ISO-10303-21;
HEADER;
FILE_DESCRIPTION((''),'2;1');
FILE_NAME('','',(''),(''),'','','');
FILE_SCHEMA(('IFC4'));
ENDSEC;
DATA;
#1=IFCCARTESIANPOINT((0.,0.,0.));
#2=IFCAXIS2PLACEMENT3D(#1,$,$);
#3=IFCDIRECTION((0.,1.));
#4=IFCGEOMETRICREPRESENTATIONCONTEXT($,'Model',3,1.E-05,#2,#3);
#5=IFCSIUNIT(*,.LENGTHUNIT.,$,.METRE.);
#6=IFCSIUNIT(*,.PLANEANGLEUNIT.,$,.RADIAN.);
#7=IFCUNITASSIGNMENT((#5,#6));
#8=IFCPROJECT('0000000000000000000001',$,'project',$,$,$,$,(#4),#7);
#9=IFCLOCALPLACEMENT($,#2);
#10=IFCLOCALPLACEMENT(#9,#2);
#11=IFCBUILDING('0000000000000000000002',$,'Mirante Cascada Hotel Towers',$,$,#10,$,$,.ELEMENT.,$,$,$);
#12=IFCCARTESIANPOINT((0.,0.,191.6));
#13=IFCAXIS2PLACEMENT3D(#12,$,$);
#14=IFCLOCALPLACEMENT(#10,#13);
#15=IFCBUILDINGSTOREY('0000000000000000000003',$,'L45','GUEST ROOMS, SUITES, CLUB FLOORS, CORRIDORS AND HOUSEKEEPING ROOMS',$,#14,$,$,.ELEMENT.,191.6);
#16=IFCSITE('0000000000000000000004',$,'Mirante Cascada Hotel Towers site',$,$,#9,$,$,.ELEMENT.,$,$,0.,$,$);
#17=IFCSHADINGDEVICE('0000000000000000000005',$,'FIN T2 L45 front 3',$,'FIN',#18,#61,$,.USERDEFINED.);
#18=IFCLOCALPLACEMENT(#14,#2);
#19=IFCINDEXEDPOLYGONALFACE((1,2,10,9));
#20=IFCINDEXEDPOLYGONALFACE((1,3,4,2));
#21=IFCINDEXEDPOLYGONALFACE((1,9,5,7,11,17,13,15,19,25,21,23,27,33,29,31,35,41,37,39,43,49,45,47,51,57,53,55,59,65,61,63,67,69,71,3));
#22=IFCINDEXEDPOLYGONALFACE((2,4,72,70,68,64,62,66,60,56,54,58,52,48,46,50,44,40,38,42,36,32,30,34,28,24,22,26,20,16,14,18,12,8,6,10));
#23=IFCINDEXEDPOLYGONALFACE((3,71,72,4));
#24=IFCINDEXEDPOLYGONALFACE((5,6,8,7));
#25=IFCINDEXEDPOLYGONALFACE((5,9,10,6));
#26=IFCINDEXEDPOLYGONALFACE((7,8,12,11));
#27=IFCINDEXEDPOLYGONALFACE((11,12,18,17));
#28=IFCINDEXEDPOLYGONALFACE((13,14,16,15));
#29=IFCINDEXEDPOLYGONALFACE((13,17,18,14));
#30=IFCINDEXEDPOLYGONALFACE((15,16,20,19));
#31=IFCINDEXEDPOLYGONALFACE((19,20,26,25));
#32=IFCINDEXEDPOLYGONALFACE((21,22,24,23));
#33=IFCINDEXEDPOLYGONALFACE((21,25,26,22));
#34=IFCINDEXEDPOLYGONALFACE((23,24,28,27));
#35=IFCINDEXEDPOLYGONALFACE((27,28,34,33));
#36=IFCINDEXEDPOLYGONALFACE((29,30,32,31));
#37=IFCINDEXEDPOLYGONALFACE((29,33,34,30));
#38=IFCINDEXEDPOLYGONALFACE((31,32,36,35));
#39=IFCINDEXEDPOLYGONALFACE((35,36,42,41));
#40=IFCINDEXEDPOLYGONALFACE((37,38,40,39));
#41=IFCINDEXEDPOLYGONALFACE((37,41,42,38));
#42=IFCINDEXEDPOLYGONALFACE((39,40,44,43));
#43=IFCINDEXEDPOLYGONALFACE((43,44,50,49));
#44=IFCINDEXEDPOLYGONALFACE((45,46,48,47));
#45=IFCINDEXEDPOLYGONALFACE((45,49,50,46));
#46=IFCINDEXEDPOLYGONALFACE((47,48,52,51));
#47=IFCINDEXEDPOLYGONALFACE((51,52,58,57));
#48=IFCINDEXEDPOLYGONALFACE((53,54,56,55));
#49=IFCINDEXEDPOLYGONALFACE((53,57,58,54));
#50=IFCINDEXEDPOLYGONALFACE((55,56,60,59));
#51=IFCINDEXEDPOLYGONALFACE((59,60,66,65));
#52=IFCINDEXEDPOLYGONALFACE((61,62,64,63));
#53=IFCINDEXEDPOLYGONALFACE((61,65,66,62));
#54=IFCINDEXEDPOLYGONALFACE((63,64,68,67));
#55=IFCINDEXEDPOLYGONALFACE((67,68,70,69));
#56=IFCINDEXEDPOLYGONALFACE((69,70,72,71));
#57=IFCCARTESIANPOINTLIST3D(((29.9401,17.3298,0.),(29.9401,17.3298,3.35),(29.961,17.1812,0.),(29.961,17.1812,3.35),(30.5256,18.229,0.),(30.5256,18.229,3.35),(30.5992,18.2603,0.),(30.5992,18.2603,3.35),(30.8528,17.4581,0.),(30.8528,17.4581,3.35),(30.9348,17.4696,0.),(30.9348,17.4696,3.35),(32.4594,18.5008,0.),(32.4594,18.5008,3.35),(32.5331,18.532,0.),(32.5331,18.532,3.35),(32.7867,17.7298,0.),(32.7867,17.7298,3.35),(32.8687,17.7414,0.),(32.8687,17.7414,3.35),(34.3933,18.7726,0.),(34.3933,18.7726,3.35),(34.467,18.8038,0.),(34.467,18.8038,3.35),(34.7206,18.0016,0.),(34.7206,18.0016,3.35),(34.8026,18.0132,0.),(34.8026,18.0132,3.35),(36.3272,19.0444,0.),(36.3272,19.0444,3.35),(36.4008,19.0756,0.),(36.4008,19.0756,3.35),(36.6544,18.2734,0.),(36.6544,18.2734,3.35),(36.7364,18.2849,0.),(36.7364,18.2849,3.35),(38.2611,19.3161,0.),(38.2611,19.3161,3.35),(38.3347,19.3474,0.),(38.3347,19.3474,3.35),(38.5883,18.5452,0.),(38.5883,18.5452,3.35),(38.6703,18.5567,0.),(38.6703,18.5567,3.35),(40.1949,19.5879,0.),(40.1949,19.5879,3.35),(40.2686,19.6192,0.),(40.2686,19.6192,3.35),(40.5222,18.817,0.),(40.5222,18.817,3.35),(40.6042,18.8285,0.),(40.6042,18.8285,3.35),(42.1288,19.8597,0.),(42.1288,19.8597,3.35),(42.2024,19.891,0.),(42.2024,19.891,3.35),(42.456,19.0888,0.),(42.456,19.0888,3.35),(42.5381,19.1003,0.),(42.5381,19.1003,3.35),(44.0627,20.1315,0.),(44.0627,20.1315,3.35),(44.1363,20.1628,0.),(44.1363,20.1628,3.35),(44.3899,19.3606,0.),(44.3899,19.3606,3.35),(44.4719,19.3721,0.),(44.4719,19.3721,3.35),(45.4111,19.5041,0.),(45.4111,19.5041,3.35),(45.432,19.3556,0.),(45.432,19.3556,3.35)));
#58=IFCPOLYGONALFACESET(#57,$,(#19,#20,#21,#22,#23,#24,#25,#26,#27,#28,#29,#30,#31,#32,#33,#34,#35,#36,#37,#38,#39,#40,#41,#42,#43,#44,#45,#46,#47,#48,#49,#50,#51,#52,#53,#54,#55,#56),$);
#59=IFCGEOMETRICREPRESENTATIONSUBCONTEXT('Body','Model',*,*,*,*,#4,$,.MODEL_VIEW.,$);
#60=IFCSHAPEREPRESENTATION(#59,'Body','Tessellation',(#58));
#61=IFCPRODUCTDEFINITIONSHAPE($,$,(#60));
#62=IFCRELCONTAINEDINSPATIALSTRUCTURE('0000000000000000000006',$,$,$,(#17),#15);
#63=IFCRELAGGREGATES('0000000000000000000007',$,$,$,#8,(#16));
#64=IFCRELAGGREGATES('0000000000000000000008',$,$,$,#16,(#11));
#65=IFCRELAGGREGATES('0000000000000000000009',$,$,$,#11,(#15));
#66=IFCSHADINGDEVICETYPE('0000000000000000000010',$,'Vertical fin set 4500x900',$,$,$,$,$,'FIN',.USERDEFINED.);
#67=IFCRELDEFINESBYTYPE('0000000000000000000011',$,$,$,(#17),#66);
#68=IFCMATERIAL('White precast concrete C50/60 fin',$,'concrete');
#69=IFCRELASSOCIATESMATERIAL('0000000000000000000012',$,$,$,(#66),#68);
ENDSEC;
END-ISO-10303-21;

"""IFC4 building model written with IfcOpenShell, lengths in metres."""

from ifc_helpers import new_model, si_unit, direction, frame, origin, place, context, subcontext, project, spatial, polyline, outline, extrude, material, type_object, element, save


model = new_model("IFC4")

# Units and contexts
model_context = context("Model", 3, precision=1e-05, world=origin(), true_north=direction((0.0, 1.0)))
body_context = subcontext(model_context, "Body", "Model", "MODEL_VIEW")
ifc_project = project(units=[si_unit("LENGTHUNIT", "METRE"), si_unit("PLANEANGLEUNIT", "RADIAN")], contexts=[model_context])

# Site, building, storey
site_placement = place(None, origin())
site = spatial("IfcSite", under=ifc_project, at=site_placement, Name="Mirante Cascada Hotel Towers site", CompositionType="ELEMENT", RefElevation=0.0)
building_placement = place(site_placement, origin())
building = spatial("IfcBuilding", under=site, at=building_placement, Name="Mirante Cascada Hotel Towers", CompositionType="ELEMENT")
storey_placement = place(building_placement, frame((0.0, 0.0, 191.6)))
storey = spatial("IfcBuildingStorey", under=building, at=storey_placement, Name="L45", Description="GUEST ROOMS, SUITES, CLUB FLOORS, CORRIDORS AND HOUSEKEEPING ROOMS", CompositionType="ELEMENT", Elevation=191.6)

# Shading device
ifc_material_1 = material(Name="White precast concrete C50/60 fin", Category="concrete")
shading_device_type = type_object("IfcShadingDeviceType", Name="Vertical fin set 4500x900", ElementType="FIN", PredefinedType="USERDEFINED", material=ifc_material_1)
shading_device_1_placement = place(storey_placement, origin())
element("IfcShadingDevice", 1, at=shading_device_1_placement, inside=storey, type_object=shading_device_type, Name="FIN T2 L45 front 3", ObjectType="FIN", PredefinedType="USERDEFINED", context=body_context, shape_type="SweptSolid", body=[
    extrude(outline(polyline([(30.5992, 18.2603), (30.9348, 17.4696), (32.7867, 17.7298), (32.4594, 18.5008), (32.5331, 18.532), (32.8687, 17.7414), (34.7206, 18.0016), (34.3933, 18.7726), (34.467, 18.8038), (34.8026, 18.0132), (36.6544, 18.2734), (36.3272, 19.0444), (36.4008, 19.0756), (36.7364, 18.2849), (38.5883, 18.5452), (38.2611, 19.3161), (38.3347, 19.3474), (38.6703, 18.5567), (40.5222, 18.817), (40.1949, 19.5879), (40.2686, 19.6192), (40.6042, 18.8285), (42.456, 19.0888), (42.1288, 19.8597), (42.2024, 19.891), (42.5381, 19.1003), (44.3899, 19.3606), (44.0627, 20.1315), (44.1363, 20.1628), (44.4719, 19.3721), (45.4111, 19.5041), (45.432, 19.3556), (29.961, 17.1812), (29.9401, 17.3298), (30.8528, 17.4581), (30.5256, 18.229), (30.5992, 18.2603)])), origin(), (0.0, 0.0, 1.0), 3.35),
])

save(model, "model.ifc")
